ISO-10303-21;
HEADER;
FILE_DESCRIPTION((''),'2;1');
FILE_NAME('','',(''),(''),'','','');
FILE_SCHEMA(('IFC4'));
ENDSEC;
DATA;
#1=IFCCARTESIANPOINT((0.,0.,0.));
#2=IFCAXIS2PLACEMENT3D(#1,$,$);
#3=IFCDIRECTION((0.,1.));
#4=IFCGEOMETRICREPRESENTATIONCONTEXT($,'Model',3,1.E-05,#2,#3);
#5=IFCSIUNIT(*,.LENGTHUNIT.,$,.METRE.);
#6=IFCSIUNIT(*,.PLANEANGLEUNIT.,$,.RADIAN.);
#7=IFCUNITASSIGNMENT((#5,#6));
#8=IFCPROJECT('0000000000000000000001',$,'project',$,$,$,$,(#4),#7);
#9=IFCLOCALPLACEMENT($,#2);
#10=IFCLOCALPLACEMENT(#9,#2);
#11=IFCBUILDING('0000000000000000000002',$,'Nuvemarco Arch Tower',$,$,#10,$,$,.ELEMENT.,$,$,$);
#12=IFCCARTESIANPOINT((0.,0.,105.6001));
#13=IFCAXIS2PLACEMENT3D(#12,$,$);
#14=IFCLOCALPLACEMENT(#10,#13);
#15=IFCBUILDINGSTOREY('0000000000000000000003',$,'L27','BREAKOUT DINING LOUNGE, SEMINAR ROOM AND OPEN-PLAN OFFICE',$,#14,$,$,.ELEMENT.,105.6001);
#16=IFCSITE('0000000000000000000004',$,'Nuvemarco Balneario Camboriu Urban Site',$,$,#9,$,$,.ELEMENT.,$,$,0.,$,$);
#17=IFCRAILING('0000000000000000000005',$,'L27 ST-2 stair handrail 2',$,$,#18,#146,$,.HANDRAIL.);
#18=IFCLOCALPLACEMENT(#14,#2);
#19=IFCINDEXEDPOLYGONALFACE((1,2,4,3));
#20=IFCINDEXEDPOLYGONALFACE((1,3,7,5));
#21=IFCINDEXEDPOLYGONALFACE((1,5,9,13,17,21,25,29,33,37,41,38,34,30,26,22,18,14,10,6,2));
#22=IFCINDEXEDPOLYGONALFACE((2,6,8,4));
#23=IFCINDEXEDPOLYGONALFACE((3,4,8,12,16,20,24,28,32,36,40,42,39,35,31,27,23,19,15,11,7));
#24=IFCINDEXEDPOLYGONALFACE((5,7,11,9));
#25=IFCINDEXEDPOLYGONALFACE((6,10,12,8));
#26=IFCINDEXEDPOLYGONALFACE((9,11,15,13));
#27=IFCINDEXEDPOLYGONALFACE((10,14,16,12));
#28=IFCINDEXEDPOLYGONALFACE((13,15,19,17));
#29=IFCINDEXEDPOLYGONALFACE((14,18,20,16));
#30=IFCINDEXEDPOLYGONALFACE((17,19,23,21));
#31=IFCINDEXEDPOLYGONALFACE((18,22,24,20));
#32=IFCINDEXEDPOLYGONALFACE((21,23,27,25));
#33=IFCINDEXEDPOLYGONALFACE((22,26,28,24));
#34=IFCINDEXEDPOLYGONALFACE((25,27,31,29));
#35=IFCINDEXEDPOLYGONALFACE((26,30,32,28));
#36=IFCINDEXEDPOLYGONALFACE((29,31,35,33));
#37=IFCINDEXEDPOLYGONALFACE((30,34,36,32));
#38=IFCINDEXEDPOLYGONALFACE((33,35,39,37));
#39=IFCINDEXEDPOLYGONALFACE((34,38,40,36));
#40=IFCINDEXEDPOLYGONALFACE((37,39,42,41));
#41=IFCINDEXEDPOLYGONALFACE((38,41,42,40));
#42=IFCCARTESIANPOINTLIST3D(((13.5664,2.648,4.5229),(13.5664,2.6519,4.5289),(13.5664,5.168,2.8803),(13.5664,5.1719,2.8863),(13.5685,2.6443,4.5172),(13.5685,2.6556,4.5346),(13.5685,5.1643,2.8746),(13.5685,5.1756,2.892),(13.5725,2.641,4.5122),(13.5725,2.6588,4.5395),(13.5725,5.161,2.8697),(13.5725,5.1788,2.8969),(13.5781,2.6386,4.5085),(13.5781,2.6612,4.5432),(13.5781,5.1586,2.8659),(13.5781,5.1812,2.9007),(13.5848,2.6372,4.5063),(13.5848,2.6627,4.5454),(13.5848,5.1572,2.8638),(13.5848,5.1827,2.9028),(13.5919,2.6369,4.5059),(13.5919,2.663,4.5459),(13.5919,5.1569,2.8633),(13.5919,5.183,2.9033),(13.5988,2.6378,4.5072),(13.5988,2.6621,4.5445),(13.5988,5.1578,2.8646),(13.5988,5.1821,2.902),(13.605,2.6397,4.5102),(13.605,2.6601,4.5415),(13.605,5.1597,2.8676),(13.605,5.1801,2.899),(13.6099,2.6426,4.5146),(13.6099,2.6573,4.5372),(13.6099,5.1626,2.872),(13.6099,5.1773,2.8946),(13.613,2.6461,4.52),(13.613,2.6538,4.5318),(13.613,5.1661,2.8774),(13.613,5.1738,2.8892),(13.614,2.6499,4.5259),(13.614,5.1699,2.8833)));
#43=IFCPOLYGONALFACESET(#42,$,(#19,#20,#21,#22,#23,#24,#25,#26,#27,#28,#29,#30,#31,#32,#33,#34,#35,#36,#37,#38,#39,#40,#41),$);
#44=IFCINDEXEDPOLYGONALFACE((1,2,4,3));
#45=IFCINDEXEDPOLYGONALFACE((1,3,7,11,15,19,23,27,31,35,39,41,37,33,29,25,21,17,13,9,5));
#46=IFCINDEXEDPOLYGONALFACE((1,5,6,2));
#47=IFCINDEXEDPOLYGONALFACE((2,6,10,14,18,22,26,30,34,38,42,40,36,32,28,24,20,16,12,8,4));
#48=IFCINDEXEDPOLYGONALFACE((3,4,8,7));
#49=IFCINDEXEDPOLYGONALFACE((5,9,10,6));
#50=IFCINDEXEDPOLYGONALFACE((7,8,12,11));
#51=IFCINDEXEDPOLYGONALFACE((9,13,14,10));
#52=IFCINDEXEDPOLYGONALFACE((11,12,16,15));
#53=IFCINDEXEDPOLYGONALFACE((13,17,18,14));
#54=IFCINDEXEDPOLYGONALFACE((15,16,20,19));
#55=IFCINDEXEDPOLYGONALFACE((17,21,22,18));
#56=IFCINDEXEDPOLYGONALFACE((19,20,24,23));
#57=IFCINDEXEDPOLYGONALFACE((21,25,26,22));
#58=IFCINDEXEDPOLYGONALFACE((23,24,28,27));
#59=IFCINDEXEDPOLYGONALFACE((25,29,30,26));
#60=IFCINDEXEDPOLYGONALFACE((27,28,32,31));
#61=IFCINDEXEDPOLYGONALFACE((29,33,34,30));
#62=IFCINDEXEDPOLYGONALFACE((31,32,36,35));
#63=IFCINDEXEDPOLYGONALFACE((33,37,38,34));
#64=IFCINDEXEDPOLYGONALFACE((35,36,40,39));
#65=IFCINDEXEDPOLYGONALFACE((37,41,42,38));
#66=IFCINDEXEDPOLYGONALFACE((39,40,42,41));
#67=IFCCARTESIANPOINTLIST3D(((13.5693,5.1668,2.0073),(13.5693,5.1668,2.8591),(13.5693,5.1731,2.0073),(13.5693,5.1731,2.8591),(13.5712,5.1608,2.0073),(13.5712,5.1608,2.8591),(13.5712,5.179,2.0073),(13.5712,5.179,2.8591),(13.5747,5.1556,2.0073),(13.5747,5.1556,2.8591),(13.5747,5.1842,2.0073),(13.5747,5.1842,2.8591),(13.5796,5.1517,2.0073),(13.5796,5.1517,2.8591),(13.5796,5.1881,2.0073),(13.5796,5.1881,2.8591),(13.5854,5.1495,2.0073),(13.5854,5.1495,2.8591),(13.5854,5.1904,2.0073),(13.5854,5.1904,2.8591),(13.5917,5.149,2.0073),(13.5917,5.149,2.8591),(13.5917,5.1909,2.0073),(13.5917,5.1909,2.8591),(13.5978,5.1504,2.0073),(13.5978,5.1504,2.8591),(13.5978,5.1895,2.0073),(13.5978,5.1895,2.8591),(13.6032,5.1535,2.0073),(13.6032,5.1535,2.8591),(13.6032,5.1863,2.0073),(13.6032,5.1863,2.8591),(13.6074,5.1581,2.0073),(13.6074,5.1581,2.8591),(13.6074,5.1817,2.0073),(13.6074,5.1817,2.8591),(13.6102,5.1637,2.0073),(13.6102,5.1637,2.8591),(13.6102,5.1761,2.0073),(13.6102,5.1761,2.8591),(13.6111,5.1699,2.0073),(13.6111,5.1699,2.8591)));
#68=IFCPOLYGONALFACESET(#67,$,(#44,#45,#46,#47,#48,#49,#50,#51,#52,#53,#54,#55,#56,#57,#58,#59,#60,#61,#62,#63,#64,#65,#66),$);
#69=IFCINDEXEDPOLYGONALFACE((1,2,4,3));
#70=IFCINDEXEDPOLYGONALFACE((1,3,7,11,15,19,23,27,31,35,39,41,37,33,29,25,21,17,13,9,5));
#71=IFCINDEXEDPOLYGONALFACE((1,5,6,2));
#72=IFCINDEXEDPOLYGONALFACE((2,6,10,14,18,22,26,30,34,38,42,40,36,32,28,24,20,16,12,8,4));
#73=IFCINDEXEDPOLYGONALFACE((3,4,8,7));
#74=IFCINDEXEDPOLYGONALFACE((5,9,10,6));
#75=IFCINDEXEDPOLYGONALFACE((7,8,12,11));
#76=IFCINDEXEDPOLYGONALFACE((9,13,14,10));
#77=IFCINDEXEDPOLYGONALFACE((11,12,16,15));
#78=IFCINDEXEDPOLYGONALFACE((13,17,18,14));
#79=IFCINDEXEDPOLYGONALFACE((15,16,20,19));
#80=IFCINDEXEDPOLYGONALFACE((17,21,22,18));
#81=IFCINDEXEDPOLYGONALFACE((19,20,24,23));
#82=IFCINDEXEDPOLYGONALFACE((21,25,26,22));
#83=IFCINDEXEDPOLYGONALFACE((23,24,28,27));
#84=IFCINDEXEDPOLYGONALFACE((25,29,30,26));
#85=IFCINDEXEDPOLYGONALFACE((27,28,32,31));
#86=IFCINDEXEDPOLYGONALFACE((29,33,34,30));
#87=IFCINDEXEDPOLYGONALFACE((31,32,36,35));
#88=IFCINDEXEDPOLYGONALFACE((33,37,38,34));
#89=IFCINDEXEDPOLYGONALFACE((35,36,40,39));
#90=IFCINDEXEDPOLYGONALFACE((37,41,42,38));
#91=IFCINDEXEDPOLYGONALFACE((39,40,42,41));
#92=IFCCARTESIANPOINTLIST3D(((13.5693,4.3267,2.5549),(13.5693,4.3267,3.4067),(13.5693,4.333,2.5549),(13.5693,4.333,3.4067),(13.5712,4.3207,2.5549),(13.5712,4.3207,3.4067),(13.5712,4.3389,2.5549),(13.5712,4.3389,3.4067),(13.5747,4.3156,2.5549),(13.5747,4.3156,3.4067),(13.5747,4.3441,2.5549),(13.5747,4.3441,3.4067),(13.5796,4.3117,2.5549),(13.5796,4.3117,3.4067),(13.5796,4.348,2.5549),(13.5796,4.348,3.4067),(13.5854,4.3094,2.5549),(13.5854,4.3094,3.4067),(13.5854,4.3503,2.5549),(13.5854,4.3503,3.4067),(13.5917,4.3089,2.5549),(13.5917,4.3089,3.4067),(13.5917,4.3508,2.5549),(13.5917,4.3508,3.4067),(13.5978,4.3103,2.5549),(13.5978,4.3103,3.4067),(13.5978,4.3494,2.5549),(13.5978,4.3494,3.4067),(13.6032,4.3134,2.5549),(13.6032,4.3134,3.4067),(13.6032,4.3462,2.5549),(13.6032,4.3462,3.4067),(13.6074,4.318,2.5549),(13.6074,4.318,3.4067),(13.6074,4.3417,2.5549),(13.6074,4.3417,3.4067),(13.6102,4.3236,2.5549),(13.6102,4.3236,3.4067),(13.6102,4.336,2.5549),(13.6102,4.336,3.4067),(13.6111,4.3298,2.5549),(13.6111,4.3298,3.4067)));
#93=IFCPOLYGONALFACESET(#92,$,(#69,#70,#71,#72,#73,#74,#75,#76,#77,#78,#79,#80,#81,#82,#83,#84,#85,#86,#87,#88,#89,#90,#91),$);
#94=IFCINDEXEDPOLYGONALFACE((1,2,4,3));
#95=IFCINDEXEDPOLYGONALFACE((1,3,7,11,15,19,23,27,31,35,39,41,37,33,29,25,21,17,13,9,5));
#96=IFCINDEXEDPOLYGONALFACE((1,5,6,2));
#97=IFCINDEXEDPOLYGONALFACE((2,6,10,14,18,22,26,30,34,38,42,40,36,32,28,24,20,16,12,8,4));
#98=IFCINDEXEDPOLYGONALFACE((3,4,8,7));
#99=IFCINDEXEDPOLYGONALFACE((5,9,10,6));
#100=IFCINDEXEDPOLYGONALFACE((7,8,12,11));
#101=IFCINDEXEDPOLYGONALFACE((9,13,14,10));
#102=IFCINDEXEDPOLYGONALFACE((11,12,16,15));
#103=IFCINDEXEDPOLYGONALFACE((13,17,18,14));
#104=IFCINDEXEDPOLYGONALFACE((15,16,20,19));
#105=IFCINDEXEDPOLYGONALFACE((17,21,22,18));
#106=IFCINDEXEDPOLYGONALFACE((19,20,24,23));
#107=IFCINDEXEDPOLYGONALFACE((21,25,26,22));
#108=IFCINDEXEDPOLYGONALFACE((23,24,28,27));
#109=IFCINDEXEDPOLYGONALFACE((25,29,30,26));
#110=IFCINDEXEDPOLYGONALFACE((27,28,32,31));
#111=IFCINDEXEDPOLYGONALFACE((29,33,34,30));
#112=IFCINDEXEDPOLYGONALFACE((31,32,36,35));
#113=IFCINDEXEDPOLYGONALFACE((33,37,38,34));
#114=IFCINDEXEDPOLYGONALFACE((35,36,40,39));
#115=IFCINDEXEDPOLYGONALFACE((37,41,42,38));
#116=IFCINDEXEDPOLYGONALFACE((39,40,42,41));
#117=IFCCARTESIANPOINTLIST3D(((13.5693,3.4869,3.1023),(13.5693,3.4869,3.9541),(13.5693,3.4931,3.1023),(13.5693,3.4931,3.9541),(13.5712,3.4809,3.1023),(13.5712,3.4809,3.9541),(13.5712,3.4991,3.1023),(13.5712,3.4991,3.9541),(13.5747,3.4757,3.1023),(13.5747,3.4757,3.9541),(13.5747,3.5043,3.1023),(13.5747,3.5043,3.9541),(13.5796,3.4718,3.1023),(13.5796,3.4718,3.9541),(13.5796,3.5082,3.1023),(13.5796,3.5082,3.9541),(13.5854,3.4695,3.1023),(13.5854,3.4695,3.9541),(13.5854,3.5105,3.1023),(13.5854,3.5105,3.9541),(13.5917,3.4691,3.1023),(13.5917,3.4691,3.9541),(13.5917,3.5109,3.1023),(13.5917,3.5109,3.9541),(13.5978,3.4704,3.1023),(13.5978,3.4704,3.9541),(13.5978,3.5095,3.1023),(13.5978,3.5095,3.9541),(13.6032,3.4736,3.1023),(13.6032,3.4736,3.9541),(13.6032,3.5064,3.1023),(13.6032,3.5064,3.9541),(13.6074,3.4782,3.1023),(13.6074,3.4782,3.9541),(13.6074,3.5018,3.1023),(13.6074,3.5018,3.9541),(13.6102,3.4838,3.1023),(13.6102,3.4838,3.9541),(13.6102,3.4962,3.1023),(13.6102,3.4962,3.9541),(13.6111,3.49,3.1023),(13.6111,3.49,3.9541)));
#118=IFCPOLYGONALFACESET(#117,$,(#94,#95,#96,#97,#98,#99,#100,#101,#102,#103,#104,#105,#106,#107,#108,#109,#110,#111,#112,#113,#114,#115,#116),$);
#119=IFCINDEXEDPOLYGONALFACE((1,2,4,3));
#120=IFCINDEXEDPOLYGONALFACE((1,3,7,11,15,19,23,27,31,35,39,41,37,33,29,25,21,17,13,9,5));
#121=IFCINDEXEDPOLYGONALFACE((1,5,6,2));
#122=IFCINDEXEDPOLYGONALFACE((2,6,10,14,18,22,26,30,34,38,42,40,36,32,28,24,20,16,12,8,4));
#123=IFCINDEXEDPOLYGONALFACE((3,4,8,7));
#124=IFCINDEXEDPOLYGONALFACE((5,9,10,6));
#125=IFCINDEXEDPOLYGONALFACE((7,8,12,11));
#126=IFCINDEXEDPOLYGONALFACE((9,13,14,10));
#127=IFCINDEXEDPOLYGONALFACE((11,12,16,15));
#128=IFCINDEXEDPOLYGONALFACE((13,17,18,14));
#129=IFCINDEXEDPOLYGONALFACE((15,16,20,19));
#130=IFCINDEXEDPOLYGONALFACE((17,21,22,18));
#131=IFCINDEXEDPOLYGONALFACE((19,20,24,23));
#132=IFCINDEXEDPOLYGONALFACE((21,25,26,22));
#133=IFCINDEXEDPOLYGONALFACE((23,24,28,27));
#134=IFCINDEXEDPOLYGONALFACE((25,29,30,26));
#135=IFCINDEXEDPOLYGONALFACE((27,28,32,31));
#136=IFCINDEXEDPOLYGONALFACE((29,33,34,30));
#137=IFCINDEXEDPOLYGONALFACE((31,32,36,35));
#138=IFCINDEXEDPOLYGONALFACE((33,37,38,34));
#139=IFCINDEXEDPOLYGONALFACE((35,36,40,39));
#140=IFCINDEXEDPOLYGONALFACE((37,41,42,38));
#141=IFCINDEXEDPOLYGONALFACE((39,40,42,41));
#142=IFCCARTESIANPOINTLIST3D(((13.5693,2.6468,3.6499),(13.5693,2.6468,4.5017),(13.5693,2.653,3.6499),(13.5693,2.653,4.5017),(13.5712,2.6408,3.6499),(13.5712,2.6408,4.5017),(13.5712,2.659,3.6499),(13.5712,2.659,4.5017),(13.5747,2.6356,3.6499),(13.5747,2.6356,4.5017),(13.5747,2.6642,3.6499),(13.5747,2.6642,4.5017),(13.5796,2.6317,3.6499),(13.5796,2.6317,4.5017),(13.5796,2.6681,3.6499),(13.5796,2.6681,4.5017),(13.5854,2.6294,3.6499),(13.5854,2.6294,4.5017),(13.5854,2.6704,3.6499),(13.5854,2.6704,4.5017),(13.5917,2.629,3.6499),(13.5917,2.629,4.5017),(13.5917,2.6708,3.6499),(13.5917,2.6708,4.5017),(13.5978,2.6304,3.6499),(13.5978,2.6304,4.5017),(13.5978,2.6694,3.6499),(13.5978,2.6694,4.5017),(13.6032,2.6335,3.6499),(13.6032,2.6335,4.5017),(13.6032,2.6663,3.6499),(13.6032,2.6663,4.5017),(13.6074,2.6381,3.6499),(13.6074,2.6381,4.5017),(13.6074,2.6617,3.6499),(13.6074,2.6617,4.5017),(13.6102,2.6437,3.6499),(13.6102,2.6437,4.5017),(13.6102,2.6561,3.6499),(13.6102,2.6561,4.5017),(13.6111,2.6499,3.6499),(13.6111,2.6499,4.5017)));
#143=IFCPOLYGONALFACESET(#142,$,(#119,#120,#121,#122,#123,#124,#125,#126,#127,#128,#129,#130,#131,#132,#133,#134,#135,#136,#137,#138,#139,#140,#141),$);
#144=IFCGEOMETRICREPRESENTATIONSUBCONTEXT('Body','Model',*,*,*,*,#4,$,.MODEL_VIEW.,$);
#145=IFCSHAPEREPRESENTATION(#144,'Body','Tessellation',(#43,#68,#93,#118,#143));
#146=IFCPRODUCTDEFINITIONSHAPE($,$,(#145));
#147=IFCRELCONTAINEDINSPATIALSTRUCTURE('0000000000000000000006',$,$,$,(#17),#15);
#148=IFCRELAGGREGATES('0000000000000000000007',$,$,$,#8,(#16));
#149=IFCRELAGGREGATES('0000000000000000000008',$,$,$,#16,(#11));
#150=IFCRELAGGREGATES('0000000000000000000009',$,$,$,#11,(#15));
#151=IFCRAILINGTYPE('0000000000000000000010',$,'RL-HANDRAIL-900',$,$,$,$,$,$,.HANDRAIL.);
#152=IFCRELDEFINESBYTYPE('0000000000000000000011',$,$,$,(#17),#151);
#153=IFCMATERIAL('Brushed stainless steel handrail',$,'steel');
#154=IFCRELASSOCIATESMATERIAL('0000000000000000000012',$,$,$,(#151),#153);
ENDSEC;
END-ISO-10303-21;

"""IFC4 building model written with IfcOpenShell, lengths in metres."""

from ifc_helpers import new_model, si_unit, direction, frame, origin, origin_2d, place, context, subcontext, project, spatial, circle, extrude, material, type_object, element, save


model = new_model("IFC4")

# Units and contexts
model_context = context("Model", 3, precision=1e-05, world=origin(), true_north=direction((0.0, 1.0)))
body_context = subcontext(model_context, "Body", "Model", "MODEL_VIEW")
ifc_project = project(units=[si_unit("LENGTHUNIT", "METRE"), si_unit("PLANEANGLEUNIT", "RADIAN")], contexts=[model_context])

# Site, building, storey
site_placement = place(None, origin())
site = spatial("IfcSite", under=ifc_project, at=site_placement, Name="Nuvemarco Balneario Camboriu Urban Site", CompositionType="ELEMENT", RefElevation=0.0)
building_placement = place(site_placement, origin())
building = spatial("IfcBuilding", under=site, at=building_placement, Name="Nuvemarco Arch Tower", CompositionType="ELEMENT")
storey_placement = place(building_placement, frame((0.0, 0.0, 105.6001)))
storey = spatial("IfcBuildingStorey", under=building, at=storey_placement, Name="L27", Description="BREAKOUT DINING LOUNGE, SEMINAR ROOM AND OPEN-PLAN OFFICE", CompositionType="ELEMENT", Elevation=105.6001)

# Railing
ifc_material_1 = material(Name="Brushed stainless steel handrail", Category="steel")
railing_type = type_object("IfcRailingType", Name="RL-HANDRAIL-900", PredefinedType="HANDRAIL", material=ifc_material_1)
railing_placement = place(storey_placement, frame((13.5901, 5.1699, 2.0073)))
element("IfcRailing", 1, at=railing_placement, inside=storey, type_object=railing_type, Name="L27 ST-2 stair handrail 2", PredefinedType="HANDRAIL", context=body_context, shape_type="SweptSolid", body=[
    extrude(circle(Radius=0.0239, at=origin_2d()), frame((0.0, 0.0, 0.876), z_axis=(0.0, -0.837749, 0.546055), x_axis=(1.0, 0.0, 0.0)), (0.0, 0.0, 1.0), 3.0081),
    extrude(circle(Radius=0.021, at=origin_2d()), origin(), (0.0, 0.0, 1.0), 0.8518),
    extrude(circle(Radius=0.021, at=origin_2d()), frame((0.0, -0.8401, 0.5476)), (0.0, 0.0, 1.0), 0.8518),
    extrude(circle(Radius=0.021, at=origin_2d()), frame((0.0, -1.6799, 1.095)), (0.0, 0.0, 1.0), 0.8518),
    extrude(circle(Radius=0.021, at=origin_2d()), frame((0.0, -2.52, 1.6426)), (0.0, 0.0, 1.0), 0.8518),
])

save(model, "model.ifc")
